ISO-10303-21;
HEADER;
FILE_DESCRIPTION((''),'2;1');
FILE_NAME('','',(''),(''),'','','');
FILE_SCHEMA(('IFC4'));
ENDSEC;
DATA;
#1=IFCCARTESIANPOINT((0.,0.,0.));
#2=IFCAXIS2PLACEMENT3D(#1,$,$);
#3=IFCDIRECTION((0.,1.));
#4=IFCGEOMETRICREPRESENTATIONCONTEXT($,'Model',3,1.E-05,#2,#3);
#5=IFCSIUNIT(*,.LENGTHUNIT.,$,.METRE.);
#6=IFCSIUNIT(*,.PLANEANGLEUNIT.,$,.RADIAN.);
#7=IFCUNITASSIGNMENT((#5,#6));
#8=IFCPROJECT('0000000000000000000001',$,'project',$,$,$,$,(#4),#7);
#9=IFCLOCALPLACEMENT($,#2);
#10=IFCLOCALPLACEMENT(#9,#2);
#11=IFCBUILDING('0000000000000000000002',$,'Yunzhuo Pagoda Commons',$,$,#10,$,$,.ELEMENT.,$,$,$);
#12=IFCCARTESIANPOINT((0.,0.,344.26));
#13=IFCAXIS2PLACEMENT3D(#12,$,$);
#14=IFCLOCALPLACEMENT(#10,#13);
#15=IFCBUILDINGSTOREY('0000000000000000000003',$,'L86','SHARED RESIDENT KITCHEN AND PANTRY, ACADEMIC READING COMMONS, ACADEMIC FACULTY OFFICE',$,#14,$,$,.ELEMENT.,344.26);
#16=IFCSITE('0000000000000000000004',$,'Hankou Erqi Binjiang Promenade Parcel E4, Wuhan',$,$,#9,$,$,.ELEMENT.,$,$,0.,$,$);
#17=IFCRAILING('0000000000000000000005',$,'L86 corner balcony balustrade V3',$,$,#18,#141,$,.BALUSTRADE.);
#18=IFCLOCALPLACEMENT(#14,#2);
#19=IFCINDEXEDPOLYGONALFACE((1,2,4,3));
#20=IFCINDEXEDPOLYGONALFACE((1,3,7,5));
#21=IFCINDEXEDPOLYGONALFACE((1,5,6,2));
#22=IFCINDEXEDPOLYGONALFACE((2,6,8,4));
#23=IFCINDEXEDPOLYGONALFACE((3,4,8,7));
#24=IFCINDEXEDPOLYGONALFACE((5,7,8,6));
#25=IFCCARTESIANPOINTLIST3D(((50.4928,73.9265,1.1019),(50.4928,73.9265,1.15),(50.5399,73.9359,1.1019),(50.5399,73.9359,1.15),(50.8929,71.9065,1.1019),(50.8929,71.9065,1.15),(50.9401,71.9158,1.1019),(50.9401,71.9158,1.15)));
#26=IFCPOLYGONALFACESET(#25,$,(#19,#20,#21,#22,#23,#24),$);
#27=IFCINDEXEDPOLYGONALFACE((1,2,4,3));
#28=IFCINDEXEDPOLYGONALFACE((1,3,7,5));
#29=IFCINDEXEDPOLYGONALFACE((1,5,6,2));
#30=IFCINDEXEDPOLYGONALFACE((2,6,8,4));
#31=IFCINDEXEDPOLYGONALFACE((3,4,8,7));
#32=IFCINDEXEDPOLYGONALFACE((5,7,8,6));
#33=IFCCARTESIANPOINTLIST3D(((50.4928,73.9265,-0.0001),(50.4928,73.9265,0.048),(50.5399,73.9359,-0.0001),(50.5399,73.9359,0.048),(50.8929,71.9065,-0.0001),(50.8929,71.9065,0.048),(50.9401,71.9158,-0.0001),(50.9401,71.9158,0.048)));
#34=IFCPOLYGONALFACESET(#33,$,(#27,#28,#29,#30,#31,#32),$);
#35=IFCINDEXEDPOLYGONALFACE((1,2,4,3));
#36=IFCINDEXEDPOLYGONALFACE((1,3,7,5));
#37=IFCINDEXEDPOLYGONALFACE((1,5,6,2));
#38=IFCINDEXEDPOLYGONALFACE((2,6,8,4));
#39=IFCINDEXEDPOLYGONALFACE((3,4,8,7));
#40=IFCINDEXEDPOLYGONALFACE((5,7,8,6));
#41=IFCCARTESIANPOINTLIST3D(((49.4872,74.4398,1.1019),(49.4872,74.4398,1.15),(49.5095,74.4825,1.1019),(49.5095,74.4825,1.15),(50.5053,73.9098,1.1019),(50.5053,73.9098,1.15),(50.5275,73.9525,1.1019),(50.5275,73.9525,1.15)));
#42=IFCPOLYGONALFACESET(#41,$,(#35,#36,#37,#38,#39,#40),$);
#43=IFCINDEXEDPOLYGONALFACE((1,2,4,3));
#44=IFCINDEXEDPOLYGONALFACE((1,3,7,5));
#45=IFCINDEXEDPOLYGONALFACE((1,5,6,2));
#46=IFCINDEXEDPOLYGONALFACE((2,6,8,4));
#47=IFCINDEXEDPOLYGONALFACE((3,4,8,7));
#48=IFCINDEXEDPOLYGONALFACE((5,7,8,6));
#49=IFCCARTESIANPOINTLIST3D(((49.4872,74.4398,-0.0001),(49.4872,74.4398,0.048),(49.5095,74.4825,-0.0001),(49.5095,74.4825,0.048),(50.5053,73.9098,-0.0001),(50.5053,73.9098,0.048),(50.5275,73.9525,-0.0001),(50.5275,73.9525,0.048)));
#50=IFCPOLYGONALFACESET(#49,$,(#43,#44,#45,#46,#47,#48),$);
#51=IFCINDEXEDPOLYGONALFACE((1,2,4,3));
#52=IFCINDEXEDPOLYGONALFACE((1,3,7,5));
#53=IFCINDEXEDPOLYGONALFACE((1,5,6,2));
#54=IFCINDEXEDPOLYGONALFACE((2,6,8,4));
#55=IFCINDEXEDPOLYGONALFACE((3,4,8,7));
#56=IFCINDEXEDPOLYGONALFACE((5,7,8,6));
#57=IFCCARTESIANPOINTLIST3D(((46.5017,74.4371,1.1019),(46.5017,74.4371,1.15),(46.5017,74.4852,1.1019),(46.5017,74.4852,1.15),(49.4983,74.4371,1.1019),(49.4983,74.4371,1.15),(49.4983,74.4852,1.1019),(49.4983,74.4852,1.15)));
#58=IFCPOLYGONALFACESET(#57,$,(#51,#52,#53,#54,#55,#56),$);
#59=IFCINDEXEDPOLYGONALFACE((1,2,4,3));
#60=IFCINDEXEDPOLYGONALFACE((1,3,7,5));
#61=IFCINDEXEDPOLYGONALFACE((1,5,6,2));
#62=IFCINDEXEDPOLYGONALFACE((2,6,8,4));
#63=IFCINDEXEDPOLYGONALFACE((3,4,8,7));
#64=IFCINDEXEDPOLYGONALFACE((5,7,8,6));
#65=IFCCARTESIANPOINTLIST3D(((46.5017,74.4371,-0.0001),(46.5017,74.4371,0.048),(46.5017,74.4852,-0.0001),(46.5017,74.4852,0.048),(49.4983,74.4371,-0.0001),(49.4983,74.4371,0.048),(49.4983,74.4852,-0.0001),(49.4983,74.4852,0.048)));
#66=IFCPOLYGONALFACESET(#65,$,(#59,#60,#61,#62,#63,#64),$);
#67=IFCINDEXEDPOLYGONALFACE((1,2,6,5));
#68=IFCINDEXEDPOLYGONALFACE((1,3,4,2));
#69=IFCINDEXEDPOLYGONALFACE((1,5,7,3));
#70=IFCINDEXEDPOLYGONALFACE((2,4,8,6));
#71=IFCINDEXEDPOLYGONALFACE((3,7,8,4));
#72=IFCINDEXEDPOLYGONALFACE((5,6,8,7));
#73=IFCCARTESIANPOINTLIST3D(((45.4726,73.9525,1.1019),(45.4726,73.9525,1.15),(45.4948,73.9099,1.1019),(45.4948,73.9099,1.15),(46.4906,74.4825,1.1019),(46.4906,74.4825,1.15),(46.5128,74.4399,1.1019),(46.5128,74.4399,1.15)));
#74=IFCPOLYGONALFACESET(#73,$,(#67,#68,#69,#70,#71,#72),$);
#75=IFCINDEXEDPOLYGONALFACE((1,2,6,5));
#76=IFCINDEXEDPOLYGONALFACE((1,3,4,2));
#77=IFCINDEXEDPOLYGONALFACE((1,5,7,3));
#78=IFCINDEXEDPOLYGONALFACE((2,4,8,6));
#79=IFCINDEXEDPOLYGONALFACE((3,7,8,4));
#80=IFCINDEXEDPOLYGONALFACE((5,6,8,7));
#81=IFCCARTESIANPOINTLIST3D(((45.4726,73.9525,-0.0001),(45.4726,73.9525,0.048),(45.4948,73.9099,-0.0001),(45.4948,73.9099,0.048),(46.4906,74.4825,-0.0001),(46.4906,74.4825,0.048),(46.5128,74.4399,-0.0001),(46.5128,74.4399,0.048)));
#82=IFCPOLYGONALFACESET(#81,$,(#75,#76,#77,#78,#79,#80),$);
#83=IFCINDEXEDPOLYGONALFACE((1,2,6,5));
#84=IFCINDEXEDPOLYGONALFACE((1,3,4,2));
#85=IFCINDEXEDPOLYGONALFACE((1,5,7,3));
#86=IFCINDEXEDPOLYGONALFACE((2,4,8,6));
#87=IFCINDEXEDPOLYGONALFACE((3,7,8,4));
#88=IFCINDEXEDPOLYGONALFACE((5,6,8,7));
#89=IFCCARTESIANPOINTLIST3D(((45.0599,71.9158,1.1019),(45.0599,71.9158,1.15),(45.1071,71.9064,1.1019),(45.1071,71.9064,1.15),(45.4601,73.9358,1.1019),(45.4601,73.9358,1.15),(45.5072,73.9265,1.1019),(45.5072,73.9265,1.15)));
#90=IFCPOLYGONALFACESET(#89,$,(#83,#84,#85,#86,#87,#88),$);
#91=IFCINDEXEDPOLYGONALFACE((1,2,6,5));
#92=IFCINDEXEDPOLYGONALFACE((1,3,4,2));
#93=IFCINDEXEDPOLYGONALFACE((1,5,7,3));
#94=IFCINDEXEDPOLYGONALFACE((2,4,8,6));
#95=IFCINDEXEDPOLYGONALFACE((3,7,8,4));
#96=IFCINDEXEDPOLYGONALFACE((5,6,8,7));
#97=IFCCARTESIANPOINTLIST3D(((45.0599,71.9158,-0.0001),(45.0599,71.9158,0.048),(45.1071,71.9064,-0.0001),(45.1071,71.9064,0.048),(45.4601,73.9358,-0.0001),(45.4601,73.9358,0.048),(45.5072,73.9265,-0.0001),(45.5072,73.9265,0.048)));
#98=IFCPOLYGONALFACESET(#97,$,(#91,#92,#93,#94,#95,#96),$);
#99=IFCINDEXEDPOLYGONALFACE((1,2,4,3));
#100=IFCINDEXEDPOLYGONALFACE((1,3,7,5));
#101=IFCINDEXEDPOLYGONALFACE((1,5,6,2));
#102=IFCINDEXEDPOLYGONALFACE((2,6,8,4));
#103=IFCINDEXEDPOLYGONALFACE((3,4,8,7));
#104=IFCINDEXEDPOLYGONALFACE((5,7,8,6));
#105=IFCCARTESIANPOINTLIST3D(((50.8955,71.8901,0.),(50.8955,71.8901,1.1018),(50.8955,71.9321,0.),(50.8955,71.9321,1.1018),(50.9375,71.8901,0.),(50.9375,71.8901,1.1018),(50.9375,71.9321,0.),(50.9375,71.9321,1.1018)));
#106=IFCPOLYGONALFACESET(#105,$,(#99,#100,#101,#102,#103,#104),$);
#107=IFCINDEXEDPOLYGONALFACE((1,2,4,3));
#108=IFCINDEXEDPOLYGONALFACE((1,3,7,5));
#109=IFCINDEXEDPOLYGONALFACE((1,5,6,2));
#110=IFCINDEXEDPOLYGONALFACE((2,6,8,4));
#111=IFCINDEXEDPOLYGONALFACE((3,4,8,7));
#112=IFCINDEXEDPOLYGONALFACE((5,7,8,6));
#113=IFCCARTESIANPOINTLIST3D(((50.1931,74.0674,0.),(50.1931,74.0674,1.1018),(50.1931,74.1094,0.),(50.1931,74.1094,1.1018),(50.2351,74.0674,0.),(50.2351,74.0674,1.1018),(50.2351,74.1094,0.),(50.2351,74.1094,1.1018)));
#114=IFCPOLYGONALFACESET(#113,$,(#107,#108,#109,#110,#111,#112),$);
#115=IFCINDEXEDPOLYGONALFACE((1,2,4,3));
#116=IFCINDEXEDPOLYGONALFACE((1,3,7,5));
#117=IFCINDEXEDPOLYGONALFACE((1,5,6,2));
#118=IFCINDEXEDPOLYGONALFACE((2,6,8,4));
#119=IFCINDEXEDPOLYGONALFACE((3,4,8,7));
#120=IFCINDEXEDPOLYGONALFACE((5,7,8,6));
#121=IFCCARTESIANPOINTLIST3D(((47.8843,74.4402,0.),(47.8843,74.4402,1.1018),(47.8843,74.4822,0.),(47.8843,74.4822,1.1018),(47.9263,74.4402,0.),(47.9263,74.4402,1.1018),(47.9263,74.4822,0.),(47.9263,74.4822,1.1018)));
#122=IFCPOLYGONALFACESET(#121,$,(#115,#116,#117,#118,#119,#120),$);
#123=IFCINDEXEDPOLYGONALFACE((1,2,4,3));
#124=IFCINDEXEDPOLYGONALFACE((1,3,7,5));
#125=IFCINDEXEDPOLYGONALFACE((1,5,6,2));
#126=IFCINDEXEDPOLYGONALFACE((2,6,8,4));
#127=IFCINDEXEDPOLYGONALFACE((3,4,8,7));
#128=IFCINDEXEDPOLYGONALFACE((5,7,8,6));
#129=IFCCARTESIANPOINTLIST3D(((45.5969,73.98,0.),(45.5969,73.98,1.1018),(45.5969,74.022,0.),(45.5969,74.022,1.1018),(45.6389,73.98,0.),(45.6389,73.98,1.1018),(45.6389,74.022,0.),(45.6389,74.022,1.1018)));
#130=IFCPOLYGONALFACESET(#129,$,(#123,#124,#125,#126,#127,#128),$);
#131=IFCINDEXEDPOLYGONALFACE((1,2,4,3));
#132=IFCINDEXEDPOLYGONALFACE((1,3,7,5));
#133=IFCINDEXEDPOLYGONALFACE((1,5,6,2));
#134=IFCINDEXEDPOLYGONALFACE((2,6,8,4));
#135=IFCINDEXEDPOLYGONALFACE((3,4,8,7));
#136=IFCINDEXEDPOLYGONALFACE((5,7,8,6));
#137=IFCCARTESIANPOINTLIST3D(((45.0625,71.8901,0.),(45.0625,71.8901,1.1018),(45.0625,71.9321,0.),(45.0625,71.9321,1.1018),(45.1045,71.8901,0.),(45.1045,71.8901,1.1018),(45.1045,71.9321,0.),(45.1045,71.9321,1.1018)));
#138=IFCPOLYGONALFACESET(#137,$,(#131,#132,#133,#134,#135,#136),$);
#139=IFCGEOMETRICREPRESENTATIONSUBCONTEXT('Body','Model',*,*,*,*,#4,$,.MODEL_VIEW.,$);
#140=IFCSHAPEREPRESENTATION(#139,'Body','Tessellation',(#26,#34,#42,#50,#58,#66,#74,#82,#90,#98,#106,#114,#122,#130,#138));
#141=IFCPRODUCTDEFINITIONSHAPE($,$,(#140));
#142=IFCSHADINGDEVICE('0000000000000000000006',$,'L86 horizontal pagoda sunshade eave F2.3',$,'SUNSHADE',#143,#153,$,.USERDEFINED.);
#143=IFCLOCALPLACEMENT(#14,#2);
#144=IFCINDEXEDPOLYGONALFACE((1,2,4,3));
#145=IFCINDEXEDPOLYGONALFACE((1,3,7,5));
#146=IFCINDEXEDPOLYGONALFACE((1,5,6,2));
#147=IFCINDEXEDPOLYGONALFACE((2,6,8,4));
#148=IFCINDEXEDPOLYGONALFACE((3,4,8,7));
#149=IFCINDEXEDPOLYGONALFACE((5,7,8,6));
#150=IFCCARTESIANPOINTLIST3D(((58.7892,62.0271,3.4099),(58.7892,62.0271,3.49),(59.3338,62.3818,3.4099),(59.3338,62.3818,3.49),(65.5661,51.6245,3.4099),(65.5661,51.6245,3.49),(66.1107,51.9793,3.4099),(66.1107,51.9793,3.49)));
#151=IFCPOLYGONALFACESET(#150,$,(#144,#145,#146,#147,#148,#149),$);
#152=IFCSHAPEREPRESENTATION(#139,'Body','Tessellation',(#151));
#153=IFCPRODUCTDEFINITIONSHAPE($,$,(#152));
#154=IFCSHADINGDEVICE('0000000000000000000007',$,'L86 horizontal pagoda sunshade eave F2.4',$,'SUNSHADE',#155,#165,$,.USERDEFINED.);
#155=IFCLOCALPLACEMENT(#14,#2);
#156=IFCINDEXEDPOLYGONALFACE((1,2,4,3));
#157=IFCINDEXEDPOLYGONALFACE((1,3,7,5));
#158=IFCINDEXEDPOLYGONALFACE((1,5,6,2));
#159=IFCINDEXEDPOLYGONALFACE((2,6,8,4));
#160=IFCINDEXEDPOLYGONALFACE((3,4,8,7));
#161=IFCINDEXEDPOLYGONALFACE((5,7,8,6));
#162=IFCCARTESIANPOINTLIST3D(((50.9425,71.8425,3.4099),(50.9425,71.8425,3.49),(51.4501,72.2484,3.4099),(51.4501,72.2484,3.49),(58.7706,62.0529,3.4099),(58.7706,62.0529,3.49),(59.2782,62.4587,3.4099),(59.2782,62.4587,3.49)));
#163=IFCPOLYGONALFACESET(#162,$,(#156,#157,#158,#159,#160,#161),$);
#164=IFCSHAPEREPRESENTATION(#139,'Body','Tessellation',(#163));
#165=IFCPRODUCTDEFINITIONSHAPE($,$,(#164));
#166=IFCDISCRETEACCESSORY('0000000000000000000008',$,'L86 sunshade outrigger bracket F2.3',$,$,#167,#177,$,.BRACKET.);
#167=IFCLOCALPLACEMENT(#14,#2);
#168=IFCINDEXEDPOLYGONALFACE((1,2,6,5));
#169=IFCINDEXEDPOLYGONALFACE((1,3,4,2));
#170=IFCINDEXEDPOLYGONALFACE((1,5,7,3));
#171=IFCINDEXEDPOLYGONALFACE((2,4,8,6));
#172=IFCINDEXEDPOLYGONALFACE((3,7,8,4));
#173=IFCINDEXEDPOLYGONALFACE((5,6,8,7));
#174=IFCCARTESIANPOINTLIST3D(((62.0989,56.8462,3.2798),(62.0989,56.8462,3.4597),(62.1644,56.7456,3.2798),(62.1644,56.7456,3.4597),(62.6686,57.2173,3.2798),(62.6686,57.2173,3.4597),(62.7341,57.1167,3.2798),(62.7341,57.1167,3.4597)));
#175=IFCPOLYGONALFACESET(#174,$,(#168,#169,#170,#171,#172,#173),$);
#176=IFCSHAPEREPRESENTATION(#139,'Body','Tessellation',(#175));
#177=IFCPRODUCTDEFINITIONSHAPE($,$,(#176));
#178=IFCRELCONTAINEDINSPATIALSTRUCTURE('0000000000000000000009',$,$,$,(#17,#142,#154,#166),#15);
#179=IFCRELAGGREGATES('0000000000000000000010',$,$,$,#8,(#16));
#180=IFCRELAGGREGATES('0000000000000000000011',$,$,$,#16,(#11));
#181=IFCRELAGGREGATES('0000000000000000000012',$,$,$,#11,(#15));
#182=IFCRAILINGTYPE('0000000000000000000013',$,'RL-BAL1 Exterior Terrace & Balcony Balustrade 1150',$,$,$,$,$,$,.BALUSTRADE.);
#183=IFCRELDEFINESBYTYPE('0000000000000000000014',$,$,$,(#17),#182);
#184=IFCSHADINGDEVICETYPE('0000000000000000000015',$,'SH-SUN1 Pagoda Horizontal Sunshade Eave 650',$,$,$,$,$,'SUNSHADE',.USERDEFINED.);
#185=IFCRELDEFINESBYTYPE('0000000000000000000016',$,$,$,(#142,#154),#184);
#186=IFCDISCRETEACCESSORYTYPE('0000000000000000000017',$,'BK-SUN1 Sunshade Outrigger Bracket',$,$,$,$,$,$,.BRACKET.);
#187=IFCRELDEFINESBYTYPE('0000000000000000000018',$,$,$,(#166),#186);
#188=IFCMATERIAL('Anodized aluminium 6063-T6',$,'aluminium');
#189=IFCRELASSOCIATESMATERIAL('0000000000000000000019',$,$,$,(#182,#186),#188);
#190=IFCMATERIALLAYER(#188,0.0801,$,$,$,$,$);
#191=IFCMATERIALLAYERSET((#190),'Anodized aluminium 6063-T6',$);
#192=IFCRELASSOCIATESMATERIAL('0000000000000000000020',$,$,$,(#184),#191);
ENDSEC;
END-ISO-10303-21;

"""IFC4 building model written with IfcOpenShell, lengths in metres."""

from ifc_helpers import new_model, si_unit, direction, frame, origin, origin_2d, place, context, subcontext, project, spatial, rectangle, extrude, source, transform, mapped, material, layer, layer_set, type_object, element, save


model = new_model("IFC4")

# Units and contexts
model_context = context("Model", 3, precision=1e-05, world=origin(), true_north=direction((0.0, 1.0)))
body_context = subcontext(model_context, "Body", "Model", "MODEL_VIEW")
ifc_project = project(units=[si_unit("LENGTHUNIT", "METRE"), si_unit("PLANEANGLEUNIT", "RADIAN")], contexts=[model_context])

# Site, building, storey
site_placement = place(None, origin())
site = spatial("IfcSite", under=ifc_project, at=site_placement, Name="Hankou Erqi Binjiang Promenade Parcel E4, Wuhan", CompositionType="ELEMENT", RefElevation=0.0)
building_placement = place(site_placement, origin())
building = spatial("IfcBuilding", under=site, at=building_placement, Name="Yunzhuo Pagoda Commons", CompositionType="ELEMENT")
storey_placement = place(building_placement, frame((0.0, 0.0, 344.26)))
storey = spatial("IfcBuildingStorey", under=building, at=storey_placement, Name="L86", Description="SHARED RESIDENT KITCHEN AND PANTRY, ACADEMIC READING COMMONS, ACADEMIC FACULTY OFFICE", CompositionType="ELEMENT", Elevation=344.26)

# Shared definitions
ifc_material_1 = material(Name="Anodized aluminium 6063-T6", Category="aluminium")

# Railing
railing_type = type_object("IfcRailingType", Name="RL-BAL1 Exterior Terrace & Balcony Balustrade 1150", PredefinedType="BALUSTRADE", material=ifc_material_1)
railing_placement = place(storey_placement, frame((50.9165, 71.9111, 0.0)))
element("IfcRailing", 1, at=railing_placement, inside=storey, type_object=railing_type, Name="L86 corner balcony balustrade V3", PredefinedType="BALUSTRADE", context=body_context, shape_type="SweptSolid", body=[
    extrude(rectangle(XDim=0.0481, YDim=0.0481, at=origin_2d()), frame((0.0, 0.0, 1.126), z_axis=(-0.194315, 0.980939, 0.0), x_axis=(-0.980939, -0.194315, 0.0)), (0.0, 0.0, 1.0), 2.0593),
    extrude(rectangle(XDim=0.0481, YDim=0.0481, at=origin_2d()), frame((0.0, 0.0, 0.0239), z_axis=(-0.194315, 0.980939, 0.0), x_axis=(-0.980939, -0.194315, 0.0)), (0.0, 0.0, 1.0), 2.0593),
    extrude(rectangle(XDim=0.0481, YDim=0.0481, at=origin_2d()), frame((-0.4001, 2.02, 1.126), z_axis=(-0.88699, 0.461788, 0.0), x_axis=(-0.461788, -0.88699, 0.0)), (0.0, 0.0, 1.0), 1.1477),
    extrude(rectangle(XDim=0.0481, YDim=0.0481, at=origin_2d()), frame((-0.4001, 2.02, 0.0239), z_axis=(-0.88699, 0.461788, 0.0), x_axis=(-0.461788, -0.88699, 0.0)), (0.0, 0.0, 1.0), 1.1477),
    extrude(rectangle(XDim=0.0481, YDim=0.0481, at=origin_2d()), frame((-1.4182, 2.55, 1.126), z_axis=(-1.0, 0.0, 0.0), x_axis=(0.0, -1.0, 0.0)), (0.0, 0.0, 1.0), 2.9966),
    extrude(rectangle(XDim=0.0481, YDim=0.0481, at=origin_2d()), frame((-1.4182, 2.55, 0.0239), z_axis=(-1.0, 0.0, 0.0), x_axis=(0.0, -1.0, 0.0)), (0.0, 0.0, 1.0), 2.9966),
    extrude(rectangle(XDim=0.0481, YDim=0.0481, at=origin_2d()), frame((-4.4148, 2.55, 1.126), z_axis=(-0.88699, -0.461788, 0.0), x_axis=(0.461788, -0.88699, 0.0)), (0.0, 0.0, 1.0), 1.1477),
    extrude(rectangle(XDim=0.0481, YDim=0.0481, at=origin_2d()), frame((-4.4148, 2.55, 0.0239), z_axis=(-0.88699, -0.461788, 0.0), x_axis=(0.461788, -0.88699, 0.0)), (0.0, 0.0, 1.0), 1.1477),
    extrude(rectangle(XDim=0.0481, YDim=0.0481, at=origin_2d()), frame((-5.4329, 2.02, 1.126), z_axis=(-0.194315, -0.980939, 0.0), x_axis=(0.980939, -0.194315, 0.0)), (0.0, 0.0, 1.0), 2.0593),
    extrude(rectangle(XDim=0.0481, YDim=0.0481, at=origin_2d()), frame((-5.4329, 2.02, 0.0239), z_axis=(-0.194315, -0.980939, 0.0), x_axis=(0.980939, -0.194315, 0.0)), (0.0, 0.0, 1.0), 2.0593),
    extrude(rectangle(XDim=0.042, YDim=0.042, at=origin_2d()), origin(), (0.0, 0.0, 1.0), 1.1018),
    extrude(rectangle(XDim=0.042, YDim=0.042, at=origin_2d()), frame((-0.7024, 2.1772, 0.0)), (0.0, 0.0, 1.0), 1.1018),
    extrude(rectangle(XDim=0.042, YDim=0.042, at=origin_2d()), frame((-3.0112, 2.55, 0.0)), (0.0, 0.0, 1.0), 1.1018),
    extrude(rectangle(XDim=0.042, YDim=0.042, at=origin_2d()), frame((-5.2986, 2.0898, 0.0)), (0.0, 0.0, 1.0), 1.1018),
    extrude(rectangle(XDim=0.042, YDim=0.042, at=origin_2d()), frame((-5.833, 0.0, 0.0)), (0.0, 0.0, 1.0), 1.1018),
])

# Shading devices
ifc_layer_1 = layer(ifc_material_1, 0.0801)
ifc_layer_set_1 = layer_set([ifc_layer_1], Name="Anodized aluminium 6063-T6")
shading_device_type = type_object("IfcShadingDeviceType", Name="SH-SUN1 Pagoda Horizontal Sunshade Eave 650", ElementType="SUNSHADE", PredefinedType="USERDEFINED", material=ifc_layer_set_1)
shared_shape_1 = source(origin(), body_context, "Body", "SweptSolid", [
    extrude(rectangle(XDim=12.4153, YDim=0.6499, at=origin_2d()), origin(), (0.0, 0.0, 1.0), 0.0801),
])
shading_device_1_placement = place(storey_placement, frame((62.45, 57.0032, 3.4099), z_axis=(0.0, 0.0, 1.0), x_axis=(-0.545853, 0.837881, 0.0)))
element("IfcShadingDevice", 2, at=shading_device_1_placement, inside=storey, type_object=shading_device_type, Name="L86 horizontal pagoda sunshade eave F2.3", ObjectType="SUNSHADE", PredefinedType="USERDEFINED", context=body_context, shape_type="MappedRepresentation", body=[
    mapped(shared_shape_1, transform((0.0, 0.0, 0.0), scale=1.0)),
])
shared_shape_2 = source(origin(), body_context, "Body", "SweptSolid", [
    extrude(rectangle(XDim=12.5347, YDim=0.6499, at=origin_2d()), origin(), (0.0, 0.0, 1.0), 0.0801),
])
shading_device_2_placement = place(storey_placement, frame((55.1104, 67.1506, 3.4099), z_axis=(0.0, 0.0, 1.0), x_axis=(-0.62452, 0.781008, 0.0)))
element("IfcShadingDevice", 3, at=shading_device_2_placement, inside=storey, type_object=shading_device_type, Name="L86 horizontal pagoda sunshade eave F2.4", ObjectType="SUNSHADE", PredefinedType="USERDEFINED", context=body_context, shape_type="MappedRepresentation", body=[
    mapped(shared_shape_2, transform((0.0, 0.0, 0.0), scale=1.0)),
])

# Discrete accessory
discrete_accessory_type = type_object("IfcDiscreteAccessoryType", Name="BK-SUN1 Sunshade Outrigger Bracket", PredefinedType="BRACKET", material=ifc_material_1)
shared_shape_3 = source(origin(), body_context, "Body", "SweptSolid", [
    extrude(rectangle(XDim=0.1201, YDim=0.6799, at=origin_2d()), origin(), (0.0, 0.0, 1.0), 0.1799),
])
discrete_accessory_placement = place(storey_placement, frame((62.4165, 56.9814, 3.2798), z_axis=(0.0, 0.0, 1.0), x_axis=(-0.545853, 0.837881, 0.0)))
element("IfcDiscreteAccessory", 4, at=discrete_accessory_placement, inside=storey, type_object=discrete_accessory_type, Name="L86 sunshade outrigger bracket F2.3", PredefinedType="BRACKET", context=body_context, shape_type="MappedRepresentation", body=[
    mapped(shared_shape_3, transform((0.0, 0.0, 0.0), scale=1.0)),
])

save(model, "model.ifc")
